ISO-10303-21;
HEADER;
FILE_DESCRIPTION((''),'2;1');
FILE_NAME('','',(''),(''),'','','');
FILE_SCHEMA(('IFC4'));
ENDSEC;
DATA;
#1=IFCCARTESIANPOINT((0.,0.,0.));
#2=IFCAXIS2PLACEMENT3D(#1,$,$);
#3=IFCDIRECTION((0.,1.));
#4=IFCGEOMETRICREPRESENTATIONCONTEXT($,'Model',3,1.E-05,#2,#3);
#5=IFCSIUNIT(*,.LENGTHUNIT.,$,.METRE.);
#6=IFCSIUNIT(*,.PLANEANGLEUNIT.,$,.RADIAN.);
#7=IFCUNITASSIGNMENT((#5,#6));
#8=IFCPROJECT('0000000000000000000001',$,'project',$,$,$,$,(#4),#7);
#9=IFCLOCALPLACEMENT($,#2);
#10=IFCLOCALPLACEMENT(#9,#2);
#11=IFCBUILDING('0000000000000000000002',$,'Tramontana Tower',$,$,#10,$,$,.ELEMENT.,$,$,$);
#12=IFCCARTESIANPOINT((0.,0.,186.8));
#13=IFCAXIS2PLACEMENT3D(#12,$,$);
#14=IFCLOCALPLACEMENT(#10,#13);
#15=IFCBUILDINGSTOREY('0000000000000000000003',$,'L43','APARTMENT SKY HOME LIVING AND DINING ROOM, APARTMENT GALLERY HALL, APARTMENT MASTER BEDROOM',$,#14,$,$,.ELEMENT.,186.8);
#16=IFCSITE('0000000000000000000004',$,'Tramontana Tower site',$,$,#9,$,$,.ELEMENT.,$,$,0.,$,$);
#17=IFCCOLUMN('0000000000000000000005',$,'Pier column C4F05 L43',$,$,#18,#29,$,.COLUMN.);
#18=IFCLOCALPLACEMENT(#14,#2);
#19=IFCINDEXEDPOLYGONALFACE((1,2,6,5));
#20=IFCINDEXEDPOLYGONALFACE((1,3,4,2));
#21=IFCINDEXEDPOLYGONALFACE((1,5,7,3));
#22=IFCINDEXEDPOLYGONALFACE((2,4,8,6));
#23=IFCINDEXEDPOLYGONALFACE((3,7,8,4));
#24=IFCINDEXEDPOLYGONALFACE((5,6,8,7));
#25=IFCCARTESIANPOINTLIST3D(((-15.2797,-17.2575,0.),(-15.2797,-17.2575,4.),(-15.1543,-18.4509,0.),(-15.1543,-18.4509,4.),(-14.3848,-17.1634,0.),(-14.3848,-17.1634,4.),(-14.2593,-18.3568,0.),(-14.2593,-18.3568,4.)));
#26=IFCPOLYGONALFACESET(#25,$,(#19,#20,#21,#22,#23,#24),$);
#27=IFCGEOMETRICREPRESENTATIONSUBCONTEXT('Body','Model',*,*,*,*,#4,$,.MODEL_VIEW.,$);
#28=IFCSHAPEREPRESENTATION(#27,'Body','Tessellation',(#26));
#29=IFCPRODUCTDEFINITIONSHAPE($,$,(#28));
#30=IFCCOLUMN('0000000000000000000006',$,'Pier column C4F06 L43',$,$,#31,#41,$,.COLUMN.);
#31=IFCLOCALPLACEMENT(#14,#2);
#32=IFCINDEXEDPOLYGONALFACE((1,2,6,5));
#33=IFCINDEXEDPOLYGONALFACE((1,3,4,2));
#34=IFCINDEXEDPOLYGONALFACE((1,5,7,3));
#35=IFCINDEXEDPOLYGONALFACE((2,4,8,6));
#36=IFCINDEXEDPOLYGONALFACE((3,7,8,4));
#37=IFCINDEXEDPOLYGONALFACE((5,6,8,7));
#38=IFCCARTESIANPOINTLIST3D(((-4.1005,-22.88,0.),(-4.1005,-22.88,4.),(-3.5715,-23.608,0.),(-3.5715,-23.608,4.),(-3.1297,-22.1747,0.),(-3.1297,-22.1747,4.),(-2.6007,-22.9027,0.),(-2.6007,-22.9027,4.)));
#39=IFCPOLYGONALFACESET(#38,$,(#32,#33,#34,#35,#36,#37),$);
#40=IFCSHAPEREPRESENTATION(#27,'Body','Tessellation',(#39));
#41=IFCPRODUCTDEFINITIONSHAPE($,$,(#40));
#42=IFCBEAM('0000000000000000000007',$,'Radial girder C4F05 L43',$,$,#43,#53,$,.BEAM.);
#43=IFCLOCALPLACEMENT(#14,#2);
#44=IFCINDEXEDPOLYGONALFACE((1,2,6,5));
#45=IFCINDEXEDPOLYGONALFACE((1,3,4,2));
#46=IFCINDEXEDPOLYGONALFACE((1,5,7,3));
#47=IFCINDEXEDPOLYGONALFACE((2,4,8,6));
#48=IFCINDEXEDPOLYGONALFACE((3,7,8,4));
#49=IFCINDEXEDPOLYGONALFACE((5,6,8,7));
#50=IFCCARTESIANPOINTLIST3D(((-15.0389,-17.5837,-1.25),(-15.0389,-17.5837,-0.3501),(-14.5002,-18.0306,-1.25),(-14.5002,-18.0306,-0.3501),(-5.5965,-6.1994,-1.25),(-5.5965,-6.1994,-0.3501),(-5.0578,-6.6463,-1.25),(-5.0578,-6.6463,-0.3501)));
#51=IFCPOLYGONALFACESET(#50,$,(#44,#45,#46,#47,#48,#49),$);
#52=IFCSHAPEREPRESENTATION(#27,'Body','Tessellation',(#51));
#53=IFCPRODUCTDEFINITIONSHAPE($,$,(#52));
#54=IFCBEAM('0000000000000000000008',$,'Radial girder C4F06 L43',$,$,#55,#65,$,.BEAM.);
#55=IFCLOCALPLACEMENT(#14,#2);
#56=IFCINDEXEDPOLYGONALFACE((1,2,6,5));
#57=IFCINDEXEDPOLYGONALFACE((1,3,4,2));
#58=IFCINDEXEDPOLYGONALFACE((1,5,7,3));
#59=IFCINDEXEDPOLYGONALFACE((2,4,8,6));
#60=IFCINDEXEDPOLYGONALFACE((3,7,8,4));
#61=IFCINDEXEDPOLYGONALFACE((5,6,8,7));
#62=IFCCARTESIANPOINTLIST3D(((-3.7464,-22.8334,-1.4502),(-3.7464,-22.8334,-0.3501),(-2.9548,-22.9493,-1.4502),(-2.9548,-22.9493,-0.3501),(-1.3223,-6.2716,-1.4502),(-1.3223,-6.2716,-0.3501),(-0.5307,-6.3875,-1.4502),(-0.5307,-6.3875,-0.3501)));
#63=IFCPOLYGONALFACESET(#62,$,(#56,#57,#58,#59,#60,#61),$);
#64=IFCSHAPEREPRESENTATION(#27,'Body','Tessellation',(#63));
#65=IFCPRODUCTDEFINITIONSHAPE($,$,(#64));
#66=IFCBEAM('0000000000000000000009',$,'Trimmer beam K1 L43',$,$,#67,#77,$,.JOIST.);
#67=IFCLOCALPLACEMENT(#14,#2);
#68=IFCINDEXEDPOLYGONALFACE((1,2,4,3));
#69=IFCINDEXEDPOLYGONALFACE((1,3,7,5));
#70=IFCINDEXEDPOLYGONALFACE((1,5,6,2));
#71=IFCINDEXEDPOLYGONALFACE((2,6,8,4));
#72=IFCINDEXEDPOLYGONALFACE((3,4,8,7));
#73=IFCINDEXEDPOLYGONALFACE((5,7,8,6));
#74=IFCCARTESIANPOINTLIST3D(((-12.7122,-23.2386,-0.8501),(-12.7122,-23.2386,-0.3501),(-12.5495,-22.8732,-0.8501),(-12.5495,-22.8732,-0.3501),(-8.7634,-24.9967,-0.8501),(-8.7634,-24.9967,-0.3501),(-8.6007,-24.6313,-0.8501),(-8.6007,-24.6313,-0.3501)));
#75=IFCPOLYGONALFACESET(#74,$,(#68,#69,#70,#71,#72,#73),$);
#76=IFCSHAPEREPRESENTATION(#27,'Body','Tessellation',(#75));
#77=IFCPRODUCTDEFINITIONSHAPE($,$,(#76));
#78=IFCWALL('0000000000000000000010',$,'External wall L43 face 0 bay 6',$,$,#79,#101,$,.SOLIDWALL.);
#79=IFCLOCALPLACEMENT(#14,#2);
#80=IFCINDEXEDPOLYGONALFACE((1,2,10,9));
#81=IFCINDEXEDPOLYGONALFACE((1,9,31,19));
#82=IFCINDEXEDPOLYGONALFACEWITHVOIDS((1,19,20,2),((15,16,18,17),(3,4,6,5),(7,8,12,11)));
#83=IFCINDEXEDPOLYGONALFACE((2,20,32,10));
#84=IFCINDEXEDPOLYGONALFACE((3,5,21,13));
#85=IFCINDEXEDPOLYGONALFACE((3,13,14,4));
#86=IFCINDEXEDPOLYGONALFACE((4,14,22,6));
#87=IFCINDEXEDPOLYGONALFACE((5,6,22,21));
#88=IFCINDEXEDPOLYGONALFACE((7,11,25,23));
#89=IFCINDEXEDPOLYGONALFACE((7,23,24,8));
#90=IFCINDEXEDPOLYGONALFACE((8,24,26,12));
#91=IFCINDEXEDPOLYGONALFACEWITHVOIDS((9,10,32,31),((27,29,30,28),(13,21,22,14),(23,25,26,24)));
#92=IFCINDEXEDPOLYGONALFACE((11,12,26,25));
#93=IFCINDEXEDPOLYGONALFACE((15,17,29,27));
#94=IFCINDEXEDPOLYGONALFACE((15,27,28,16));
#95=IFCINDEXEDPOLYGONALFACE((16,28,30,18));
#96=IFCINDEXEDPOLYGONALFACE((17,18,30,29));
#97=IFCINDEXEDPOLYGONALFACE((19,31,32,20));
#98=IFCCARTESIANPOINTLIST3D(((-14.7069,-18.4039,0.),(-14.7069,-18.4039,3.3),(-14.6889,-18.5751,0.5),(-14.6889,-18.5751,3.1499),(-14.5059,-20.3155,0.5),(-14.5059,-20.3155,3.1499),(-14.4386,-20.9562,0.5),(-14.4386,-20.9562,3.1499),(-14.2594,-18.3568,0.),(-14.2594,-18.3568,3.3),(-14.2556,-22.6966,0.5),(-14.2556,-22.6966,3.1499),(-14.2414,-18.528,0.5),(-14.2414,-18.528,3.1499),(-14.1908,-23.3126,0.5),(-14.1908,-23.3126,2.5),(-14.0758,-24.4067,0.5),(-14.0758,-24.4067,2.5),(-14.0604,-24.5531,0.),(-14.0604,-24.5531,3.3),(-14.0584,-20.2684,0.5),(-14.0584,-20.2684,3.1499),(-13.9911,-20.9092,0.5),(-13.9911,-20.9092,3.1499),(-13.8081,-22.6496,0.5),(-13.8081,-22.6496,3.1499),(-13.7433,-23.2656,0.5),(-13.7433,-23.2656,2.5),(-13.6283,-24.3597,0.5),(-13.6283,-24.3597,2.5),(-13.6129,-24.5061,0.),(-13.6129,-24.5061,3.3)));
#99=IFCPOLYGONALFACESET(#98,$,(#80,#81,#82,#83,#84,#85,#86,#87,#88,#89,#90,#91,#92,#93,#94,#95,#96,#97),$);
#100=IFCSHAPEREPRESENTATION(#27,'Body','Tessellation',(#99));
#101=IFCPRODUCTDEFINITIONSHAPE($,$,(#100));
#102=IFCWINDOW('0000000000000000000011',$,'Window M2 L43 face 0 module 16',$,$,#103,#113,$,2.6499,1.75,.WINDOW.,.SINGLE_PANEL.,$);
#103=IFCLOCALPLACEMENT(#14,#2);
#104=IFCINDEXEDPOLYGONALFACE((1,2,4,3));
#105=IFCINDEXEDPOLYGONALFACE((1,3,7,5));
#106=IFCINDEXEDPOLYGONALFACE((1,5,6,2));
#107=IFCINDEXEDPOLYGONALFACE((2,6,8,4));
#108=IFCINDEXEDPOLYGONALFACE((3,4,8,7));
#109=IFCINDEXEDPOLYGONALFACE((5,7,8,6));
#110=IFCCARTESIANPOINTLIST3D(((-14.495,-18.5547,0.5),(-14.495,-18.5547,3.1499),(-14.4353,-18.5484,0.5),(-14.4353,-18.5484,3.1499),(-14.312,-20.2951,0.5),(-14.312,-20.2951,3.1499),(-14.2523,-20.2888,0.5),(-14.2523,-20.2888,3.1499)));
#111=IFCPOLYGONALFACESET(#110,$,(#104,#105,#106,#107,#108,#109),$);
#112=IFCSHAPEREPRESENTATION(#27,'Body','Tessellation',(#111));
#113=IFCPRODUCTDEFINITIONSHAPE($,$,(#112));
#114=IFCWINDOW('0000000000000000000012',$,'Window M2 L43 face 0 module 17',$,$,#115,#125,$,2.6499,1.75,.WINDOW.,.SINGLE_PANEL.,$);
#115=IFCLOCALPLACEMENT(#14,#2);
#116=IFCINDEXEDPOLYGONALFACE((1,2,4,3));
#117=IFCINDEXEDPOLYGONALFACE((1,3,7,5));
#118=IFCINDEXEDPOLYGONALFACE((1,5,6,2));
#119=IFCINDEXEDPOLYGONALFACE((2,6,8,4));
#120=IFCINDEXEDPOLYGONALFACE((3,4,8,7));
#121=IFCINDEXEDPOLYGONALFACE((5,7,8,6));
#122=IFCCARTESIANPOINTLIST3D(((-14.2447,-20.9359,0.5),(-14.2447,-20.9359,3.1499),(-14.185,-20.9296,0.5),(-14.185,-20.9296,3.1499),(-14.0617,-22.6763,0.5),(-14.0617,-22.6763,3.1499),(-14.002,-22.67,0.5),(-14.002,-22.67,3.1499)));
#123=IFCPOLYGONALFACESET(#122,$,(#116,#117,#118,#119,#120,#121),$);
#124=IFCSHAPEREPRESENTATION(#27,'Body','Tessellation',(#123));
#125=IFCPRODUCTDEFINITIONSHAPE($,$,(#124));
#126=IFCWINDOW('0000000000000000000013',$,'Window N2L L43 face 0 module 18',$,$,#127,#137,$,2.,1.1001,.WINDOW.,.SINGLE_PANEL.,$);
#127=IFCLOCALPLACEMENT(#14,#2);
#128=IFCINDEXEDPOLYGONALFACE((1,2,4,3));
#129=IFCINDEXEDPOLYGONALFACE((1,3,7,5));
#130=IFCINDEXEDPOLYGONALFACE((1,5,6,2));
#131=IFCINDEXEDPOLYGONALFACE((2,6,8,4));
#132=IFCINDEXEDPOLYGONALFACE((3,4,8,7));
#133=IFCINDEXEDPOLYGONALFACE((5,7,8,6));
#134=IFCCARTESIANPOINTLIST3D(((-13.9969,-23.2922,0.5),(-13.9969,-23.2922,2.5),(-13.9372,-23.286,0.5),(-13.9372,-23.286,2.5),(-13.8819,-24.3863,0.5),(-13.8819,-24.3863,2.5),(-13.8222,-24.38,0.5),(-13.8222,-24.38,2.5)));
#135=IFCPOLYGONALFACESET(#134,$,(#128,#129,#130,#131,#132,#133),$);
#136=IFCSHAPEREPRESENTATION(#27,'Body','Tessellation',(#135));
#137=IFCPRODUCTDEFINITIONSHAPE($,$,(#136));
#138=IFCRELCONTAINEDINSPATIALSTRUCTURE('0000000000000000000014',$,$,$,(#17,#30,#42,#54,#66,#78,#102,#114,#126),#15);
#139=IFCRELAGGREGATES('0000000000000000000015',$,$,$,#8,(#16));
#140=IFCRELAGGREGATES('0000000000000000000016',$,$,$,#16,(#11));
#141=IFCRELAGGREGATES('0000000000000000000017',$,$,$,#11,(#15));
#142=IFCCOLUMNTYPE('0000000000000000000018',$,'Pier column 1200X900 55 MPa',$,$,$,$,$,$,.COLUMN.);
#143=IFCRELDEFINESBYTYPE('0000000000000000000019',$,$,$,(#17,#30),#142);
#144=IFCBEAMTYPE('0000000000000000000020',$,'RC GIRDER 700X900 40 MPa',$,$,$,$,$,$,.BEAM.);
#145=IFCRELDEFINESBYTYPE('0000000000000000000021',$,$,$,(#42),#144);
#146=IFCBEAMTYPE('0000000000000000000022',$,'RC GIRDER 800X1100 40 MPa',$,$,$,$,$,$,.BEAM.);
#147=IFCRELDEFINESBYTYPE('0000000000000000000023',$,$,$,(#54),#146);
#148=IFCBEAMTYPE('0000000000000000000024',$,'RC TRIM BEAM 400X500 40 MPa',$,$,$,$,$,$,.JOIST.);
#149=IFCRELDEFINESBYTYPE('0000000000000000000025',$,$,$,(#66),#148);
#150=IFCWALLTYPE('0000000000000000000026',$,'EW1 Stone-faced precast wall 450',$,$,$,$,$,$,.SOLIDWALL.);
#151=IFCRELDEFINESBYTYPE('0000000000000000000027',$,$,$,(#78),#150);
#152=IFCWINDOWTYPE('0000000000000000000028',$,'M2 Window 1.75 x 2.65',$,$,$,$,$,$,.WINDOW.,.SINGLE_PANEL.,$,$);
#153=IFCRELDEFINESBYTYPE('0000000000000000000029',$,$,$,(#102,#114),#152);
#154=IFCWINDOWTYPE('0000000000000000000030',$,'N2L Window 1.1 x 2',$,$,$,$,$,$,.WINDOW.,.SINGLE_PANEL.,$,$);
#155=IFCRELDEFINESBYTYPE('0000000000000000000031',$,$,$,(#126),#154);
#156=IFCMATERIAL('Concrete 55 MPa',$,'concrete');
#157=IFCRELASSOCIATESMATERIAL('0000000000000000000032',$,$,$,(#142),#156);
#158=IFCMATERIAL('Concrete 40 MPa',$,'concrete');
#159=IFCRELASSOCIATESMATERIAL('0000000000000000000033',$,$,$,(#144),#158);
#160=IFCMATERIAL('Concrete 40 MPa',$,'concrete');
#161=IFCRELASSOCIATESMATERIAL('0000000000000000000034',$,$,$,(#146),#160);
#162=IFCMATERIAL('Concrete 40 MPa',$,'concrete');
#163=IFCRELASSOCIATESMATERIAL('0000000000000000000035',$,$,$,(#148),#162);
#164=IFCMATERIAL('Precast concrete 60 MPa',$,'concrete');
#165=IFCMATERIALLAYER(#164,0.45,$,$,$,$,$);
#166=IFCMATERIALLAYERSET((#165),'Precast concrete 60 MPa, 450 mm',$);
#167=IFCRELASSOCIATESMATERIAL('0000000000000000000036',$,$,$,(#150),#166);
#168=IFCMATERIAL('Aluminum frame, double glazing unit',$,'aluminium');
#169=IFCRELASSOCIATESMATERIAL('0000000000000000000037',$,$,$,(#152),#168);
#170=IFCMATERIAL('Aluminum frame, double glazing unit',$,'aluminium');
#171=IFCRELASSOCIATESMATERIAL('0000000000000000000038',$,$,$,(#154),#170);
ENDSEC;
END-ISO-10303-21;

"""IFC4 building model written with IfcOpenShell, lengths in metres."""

from ifc_helpers import new_model, si_unit, direction, frame, frame_2d, origin, origin_2d, place, context, subcontext, project, spatial, rectangle, extrude, material, layer, layer_set, material_profile, profile_set, type_object, element, fill, save


model = new_model("IFC4")

# Units and contexts
model_context = context("Model", 3, precision=1e-05, world=origin(), true_north=direction((0.0, 1.0)))
body_context = subcontext(model_context, "Body", "Model", "MODEL_VIEW")
ifc_project = project(units=[si_unit("LENGTHUNIT", "METRE"), si_unit("PLANEANGLEUNIT", "RADIAN")], contexts=[model_context])

# Site, building, storey
site_placement = place(None, origin())
site = spatial("IfcSite", under=ifc_project, at=site_placement, Name="Tramontana Tower site", CompositionType="ELEMENT", RefElevation=0.0)
building_placement = place(site_placement, origin())
building = spatial("IfcBuilding", under=site, at=building_placement, Name="Tramontana Tower", CompositionType="ELEMENT")
storey_placement = place(building_placement, frame((0.0, 0.0, 186.8)))
storey = spatial("IfcBuildingStorey", under=building, at=storey_placement, Name="L43", Description="APARTMENT SKY HOME LIVING AND DINING ROOM, APARTMENT GALLERY HALL, APARTMENT MASTER BEDROOM", CompositionType="ELEMENT", Elevation=186.8)

# Columns
ifc_material_1 = material(Name="Concrete 55 MPa", Category="concrete")
ifc_material_profile_1 = material_profile(ifc_material_1, rectangle(XDim=1.2, YDim=0.8999, at=origin_2d()), Name="Pier column 1200X900 55 MPa")
ifc_profile_set_1 = profile_set([ifc_material_profile_1], Name="Concrete 55 MPa")
column_type = type_object("IfcColumnType", Name="Pier column 1200X900 55 MPa", PredefinedType="COLUMN", material=ifc_profile_set_1)
for number, where, z_axis, x_axis, name in (
    (1, (-14.7695, -17.8071, 0.0), (0.0, 0.0, 1.0), (0.104528, -0.994522, 0.0), "Pier column C4F05 L43"),
    (2, (-3.3506, -22.8914, 0.0), (0.0, 0.0, 1.0), (0.809017, 0.587785, 0.0), "Pier column C4F06 L43"),
):
    element("IfcColumn", number, at=place(storey_placement, frame(where, z_axis=z_axis, x_axis=x_axis)), inside=storey, type_object=column_type, Name=name, PredefinedType="COLUMN", context=body_context, shape_type="SweptSolid", body=[
        extrude(rectangle(XDim=1.2, YDim=0.8999, at=origin_2d()), origin(), (0.0, 0.0, 1.0), 4.0),
    ])

# Beams
ifc_material_2 = material(Name="Concrete 40 MPa", Category="concrete")
ifc_material_profile_2 = material_profile(ifc_material_2, rectangle(XDim=0.7, YDim=0.8999, at=origin_2d()), Name="RC GIRDER 700X900 40 MPa")
ifc_profile_set_2 = profile_set([ifc_material_profile_2], Name="Concrete 40 MPa")
beam_type_1 = type_object("IfcBeamType", Name="RC GIRDER 700X900 40 MPa", PredefinedType="BEAM", material=ifc_profile_set_2)
beam_1_placement = place(storey_placement, frame((-14.7695, -17.8071, -0.8), z_axis=(0.638406, 0.769699, 0.0), x_axis=(-0.769699, 0.638406, 0.0)))
element("IfcBeam", 3, at=beam_1_placement, inside=storey, type_object=beam_type_1, Name="Radial girder C4F05 L43", PredefinedType="BEAM", context=body_context, shape_type="SweptSolid", body=[
    extrude(rectangle(XDim=0.7, YDim=0.8999, at=origin_2d()), origin(), (0.0, 0.0, 1.0), 14.7905),
])
ifc_material_3 = material(Name="Concrete 40 MPa", Category="concrete")
ifc_material_profile_3 = material_profile(ifc_material_3, rectangle(XDim=0.8, YDim=1.1001, at=origin_2d()), Name="RC GIRDER 800X1100 40 MPa")
ifc_profile_set_3 = profile_set([ifc_material_profile_3], Name="Concrete 40 MPa")
beam_type_2 = type_object("IfcBeamType", Name="RC GIRDER 800X1100 40 MPa", PredefinedType="BEAM", material=ifc_profile_set_3)
beam_2_placement = place(storey_placement, frame((-3.3506, -22.8914, -0.9001), z_axis=(0.144823, 0.989458, 0.0), x_axis=(-0.989458, 0.144823, 0.0)))
element("IfcBeam", 4, at=beam_2_placement, inside=storey, type_object=beam_type_2, Name="Radial girder C4F06 L43", PredefinedType="BEAM", context=body_context, shape_type="SweptSolid", body=[
    extrude(rectangle(XDim=0.8, YDim=1.1001, at=origin_2d()), origin(), (0.0, 0.0, 1.0), 16.7383),
])
ifc_material_4 = material(Name="Concrete 40 MPa", Category="concrete")
ifc_material_profile_4 = material_profile(ifc_material_4, rectangle(XDim=0.3999, YDim=0.5, at=origin_2d()), Name="RC TRIM BEAM 400X500 40 MPa")
ifc_profile_set_4 = profile_set([ifc_material_profile_4], Name="Concrete 40 MPa")
beam_type_3 = type_object("IfcBeamType", Name="RC TRIM BEAM 400X500 40 MPa", PredefinedType="JOIST", material=ifc_profile_set_4)
beam_3_placement = place(storey_placement, frame((-12.6309, -23.0559, -0.6001), z_axis=(0.913548, -0.406731, 0.0), x_axis=(0.406731, 0.913548, 0.0)))
element("IfcBeam", 5, at=beam_3_placement, inside=storey, type_object=beam_type_3, Name="Trimmer beam K1 L43", PredefinedType="JOIST", context=body_context, shape_type="SweptSolid", body=[
    extrude(rectangle(XDim=0.3999, YDim=0.5, at=origin_2d()), origin(), (0.0, 0.0, 1.0), 4.3225),
])

# Wall, openings, windows
ifc_material_5 = material(Name="Precast concrete 60 MPa", Category="concrete")
ifc_layer_1 = layer(ifc_material_5, 0.45)
ifc_layer_set_1 = layer_set([ifc_layer_1], Name="Precast concrete 60 MPa, 450 mm")
wall_type_1 = type_object("IfcWallType", Name="EW1 Stone-faced precast wall 450", PredefinedType="SOLIDWALL", material=ifc_layer_set_1)
wall_1_placement = place(storey_placement, frame((-14.4832, -18.3804, 0.0), z_axis=(0.0, 0.0, 1.0), x_axis=(0.104557, -0.994519, 0.0)))
wall_1 = element("IfcWall", 6, at=wall_1_placement, inside=storey, type_object=wall_type_1, Name="External wall L43 face 0 bay 6", PredefinedType="SOLIDWALL", context=body_context, shape_type="SweptSolid", body=[
    extrude(rectangle(XDim=6.1831, YDim=0.45, at=frame_2d((3.0916, 0.0))), origin(), (0.0, 0.0, 1.0), 3.3),
])
opening_1_placement = place(wall_1_placement, frame((0.1721, 0.0, 0.5)))
opening_1 = element("IfcOpeningElement", 7, at=opening_1_placement, cuts=wall_1, PredefinedType="OPENING", context=body_context, shape_type="SweptSolid", body=[
    extrude(rectangle(XDim=1.75, YDim=2.6499, at=frame_2d((0.875, 1.325))), frame((0.0, 0.2349, 0.0), z_axis=(0.0, -1.0, 0.0), x_axis=(1.0, 0.0, 0.0)), (0.0, 0.0, 1.0), 0.47),
])
opening_2_placement = place(wall_1_placement, frame((2.5664, 0.0, 0.5)))
opening_2 = element("IfcOpeningElement", 8, at=opening_2_placement, cuts=wall_1, PredefinedType="OPENING", context=body_context, shape_type="SweptSolid", body=[
    extrude(rectangle(XDim=1.75, YDim=2.6499, at=frame_2d((0.875, 1.325))), frame((0.0, 0.2349, 0.0), z_axis=(0.0, -1.0, 0.0), x_axis=(1.0, 0.0, 0.0)), (0.0, 0.0, 1.0), 0.47),
])
opening_3_placement = place(wall_1_placement, frame((4.9358, 0.0, 0.5)))
opening_3 = element("IfcOpeningElement", 9, at=opening_3_placement, cuts=wall_1, PredefinedType="OPENING", context=body_context, shape_type="SweptSolid", body=[
    extrude(rectangle(XDim=1.1001, YDim=2.0, at=frame_2d((0.55, 1.0))), frame((0.0, 0.2349, 0.0), z_axis=(0.0, -1.0, 0.0), x_axis=(1.0, 0.0, 0.0)), (0.0, 0.0, 1.0), 0.47),
])
ifc_material_6 = material(Name="Aluminum frame, double glazing unit", Category="aluminium")
window_type_1 = type_object("IfcWindowType", Name="M2 Window 1.75 x 2.65", PartitioningType="SINGLE_PANEL", PredefinedType="WINDOW", material=ifc_material_6)
window_1_placement = place(opening_1_placement, origin())
window_1 = element("IfcWindow", 10, at=window_1_placement, inside=storey, type_object=window_type_1, Name="Window M2 L43 face 0 module 16", OverallHeight=2.6499, OverallWidth=1.75, PartitioningType="SINGLE_PANEL", PredefinedType="WINDOW", context=body_context, shape_type="SweptSolid", body=[
    extrude(rectangle(XDim=1.75, YDim=2.6499, at=frame_2d((0.875, 1.325))), frame((0.0, 0.03, 0.0), z_axis=(0.0, -1.0, 0.0), x_axis=(1.0, 0.0, 0.0)), (0.0, 0.0, 1.0), 0.0601),
])
fill(opening_1, window_1)
window_2_placement = place(opening_2_placement, origin())
window_2 = element("IfcWindow", 11, at=window_2_placement, inside=storey, type_object=window_type_1, Name="Window M2 L43 face 0 module 17", OverallHeight=2.6499, OverallWidth=1.75, PartitioningType="SINGLE_PANEL", PredefinedType="WINDOW", context=body_context, shape_type="SweptSolid", body=[
    extrude(rectangle(XDim=1.75, YDim=2.6499, at=frame_2d((0.875, 1.325))), frame((0.0, 0.03, 0.0), z_axis=(0.0, -1.0, 0.0), x_axis=(1.0, 0.0, 0.0)), (0.0, 0.0, 1.0), 0.0601),
])
fill(opening_2, window_2)
ifc_material_7 = material(Name="Aluminum frame, double glazing unit", Category="aluminium")
window_type_2 = type_object("IfcWindowType", Name="N2L Window 1.1 x 2", PartitioningType="SINGLE_PANEL", PredefinedType="WINDOW", material=ifc_material_7)
window_3_placement = place(opening_3_placement, origin())
window_3 = element("IfcWindow", 12, at=window_3_placement, inside=storey, type_object=window_type_2, Name="Window N2L L43 face 0 module 18", OverallHeight=2.0, OverallWidth=1.1001, PartitioningType="SINGLE_PANEL", PredefinedType="WINDOW", context=body_context, shape_type="SweptSolid", body=[
    extrude(rectangle(XDim=1.1001, YDim=2.0, at=frame_2d((0.55, 1.0))), frame((0.0, 0.03, 0.0), z_axis=(0.0, -1.0, 0.0), x_axis=(1.0, 0.0, 0.0)), (0.0, 0.0, 1.0), 0.0601),
])
fill(opening_3, window_3)

save(model, "model.ifc")
